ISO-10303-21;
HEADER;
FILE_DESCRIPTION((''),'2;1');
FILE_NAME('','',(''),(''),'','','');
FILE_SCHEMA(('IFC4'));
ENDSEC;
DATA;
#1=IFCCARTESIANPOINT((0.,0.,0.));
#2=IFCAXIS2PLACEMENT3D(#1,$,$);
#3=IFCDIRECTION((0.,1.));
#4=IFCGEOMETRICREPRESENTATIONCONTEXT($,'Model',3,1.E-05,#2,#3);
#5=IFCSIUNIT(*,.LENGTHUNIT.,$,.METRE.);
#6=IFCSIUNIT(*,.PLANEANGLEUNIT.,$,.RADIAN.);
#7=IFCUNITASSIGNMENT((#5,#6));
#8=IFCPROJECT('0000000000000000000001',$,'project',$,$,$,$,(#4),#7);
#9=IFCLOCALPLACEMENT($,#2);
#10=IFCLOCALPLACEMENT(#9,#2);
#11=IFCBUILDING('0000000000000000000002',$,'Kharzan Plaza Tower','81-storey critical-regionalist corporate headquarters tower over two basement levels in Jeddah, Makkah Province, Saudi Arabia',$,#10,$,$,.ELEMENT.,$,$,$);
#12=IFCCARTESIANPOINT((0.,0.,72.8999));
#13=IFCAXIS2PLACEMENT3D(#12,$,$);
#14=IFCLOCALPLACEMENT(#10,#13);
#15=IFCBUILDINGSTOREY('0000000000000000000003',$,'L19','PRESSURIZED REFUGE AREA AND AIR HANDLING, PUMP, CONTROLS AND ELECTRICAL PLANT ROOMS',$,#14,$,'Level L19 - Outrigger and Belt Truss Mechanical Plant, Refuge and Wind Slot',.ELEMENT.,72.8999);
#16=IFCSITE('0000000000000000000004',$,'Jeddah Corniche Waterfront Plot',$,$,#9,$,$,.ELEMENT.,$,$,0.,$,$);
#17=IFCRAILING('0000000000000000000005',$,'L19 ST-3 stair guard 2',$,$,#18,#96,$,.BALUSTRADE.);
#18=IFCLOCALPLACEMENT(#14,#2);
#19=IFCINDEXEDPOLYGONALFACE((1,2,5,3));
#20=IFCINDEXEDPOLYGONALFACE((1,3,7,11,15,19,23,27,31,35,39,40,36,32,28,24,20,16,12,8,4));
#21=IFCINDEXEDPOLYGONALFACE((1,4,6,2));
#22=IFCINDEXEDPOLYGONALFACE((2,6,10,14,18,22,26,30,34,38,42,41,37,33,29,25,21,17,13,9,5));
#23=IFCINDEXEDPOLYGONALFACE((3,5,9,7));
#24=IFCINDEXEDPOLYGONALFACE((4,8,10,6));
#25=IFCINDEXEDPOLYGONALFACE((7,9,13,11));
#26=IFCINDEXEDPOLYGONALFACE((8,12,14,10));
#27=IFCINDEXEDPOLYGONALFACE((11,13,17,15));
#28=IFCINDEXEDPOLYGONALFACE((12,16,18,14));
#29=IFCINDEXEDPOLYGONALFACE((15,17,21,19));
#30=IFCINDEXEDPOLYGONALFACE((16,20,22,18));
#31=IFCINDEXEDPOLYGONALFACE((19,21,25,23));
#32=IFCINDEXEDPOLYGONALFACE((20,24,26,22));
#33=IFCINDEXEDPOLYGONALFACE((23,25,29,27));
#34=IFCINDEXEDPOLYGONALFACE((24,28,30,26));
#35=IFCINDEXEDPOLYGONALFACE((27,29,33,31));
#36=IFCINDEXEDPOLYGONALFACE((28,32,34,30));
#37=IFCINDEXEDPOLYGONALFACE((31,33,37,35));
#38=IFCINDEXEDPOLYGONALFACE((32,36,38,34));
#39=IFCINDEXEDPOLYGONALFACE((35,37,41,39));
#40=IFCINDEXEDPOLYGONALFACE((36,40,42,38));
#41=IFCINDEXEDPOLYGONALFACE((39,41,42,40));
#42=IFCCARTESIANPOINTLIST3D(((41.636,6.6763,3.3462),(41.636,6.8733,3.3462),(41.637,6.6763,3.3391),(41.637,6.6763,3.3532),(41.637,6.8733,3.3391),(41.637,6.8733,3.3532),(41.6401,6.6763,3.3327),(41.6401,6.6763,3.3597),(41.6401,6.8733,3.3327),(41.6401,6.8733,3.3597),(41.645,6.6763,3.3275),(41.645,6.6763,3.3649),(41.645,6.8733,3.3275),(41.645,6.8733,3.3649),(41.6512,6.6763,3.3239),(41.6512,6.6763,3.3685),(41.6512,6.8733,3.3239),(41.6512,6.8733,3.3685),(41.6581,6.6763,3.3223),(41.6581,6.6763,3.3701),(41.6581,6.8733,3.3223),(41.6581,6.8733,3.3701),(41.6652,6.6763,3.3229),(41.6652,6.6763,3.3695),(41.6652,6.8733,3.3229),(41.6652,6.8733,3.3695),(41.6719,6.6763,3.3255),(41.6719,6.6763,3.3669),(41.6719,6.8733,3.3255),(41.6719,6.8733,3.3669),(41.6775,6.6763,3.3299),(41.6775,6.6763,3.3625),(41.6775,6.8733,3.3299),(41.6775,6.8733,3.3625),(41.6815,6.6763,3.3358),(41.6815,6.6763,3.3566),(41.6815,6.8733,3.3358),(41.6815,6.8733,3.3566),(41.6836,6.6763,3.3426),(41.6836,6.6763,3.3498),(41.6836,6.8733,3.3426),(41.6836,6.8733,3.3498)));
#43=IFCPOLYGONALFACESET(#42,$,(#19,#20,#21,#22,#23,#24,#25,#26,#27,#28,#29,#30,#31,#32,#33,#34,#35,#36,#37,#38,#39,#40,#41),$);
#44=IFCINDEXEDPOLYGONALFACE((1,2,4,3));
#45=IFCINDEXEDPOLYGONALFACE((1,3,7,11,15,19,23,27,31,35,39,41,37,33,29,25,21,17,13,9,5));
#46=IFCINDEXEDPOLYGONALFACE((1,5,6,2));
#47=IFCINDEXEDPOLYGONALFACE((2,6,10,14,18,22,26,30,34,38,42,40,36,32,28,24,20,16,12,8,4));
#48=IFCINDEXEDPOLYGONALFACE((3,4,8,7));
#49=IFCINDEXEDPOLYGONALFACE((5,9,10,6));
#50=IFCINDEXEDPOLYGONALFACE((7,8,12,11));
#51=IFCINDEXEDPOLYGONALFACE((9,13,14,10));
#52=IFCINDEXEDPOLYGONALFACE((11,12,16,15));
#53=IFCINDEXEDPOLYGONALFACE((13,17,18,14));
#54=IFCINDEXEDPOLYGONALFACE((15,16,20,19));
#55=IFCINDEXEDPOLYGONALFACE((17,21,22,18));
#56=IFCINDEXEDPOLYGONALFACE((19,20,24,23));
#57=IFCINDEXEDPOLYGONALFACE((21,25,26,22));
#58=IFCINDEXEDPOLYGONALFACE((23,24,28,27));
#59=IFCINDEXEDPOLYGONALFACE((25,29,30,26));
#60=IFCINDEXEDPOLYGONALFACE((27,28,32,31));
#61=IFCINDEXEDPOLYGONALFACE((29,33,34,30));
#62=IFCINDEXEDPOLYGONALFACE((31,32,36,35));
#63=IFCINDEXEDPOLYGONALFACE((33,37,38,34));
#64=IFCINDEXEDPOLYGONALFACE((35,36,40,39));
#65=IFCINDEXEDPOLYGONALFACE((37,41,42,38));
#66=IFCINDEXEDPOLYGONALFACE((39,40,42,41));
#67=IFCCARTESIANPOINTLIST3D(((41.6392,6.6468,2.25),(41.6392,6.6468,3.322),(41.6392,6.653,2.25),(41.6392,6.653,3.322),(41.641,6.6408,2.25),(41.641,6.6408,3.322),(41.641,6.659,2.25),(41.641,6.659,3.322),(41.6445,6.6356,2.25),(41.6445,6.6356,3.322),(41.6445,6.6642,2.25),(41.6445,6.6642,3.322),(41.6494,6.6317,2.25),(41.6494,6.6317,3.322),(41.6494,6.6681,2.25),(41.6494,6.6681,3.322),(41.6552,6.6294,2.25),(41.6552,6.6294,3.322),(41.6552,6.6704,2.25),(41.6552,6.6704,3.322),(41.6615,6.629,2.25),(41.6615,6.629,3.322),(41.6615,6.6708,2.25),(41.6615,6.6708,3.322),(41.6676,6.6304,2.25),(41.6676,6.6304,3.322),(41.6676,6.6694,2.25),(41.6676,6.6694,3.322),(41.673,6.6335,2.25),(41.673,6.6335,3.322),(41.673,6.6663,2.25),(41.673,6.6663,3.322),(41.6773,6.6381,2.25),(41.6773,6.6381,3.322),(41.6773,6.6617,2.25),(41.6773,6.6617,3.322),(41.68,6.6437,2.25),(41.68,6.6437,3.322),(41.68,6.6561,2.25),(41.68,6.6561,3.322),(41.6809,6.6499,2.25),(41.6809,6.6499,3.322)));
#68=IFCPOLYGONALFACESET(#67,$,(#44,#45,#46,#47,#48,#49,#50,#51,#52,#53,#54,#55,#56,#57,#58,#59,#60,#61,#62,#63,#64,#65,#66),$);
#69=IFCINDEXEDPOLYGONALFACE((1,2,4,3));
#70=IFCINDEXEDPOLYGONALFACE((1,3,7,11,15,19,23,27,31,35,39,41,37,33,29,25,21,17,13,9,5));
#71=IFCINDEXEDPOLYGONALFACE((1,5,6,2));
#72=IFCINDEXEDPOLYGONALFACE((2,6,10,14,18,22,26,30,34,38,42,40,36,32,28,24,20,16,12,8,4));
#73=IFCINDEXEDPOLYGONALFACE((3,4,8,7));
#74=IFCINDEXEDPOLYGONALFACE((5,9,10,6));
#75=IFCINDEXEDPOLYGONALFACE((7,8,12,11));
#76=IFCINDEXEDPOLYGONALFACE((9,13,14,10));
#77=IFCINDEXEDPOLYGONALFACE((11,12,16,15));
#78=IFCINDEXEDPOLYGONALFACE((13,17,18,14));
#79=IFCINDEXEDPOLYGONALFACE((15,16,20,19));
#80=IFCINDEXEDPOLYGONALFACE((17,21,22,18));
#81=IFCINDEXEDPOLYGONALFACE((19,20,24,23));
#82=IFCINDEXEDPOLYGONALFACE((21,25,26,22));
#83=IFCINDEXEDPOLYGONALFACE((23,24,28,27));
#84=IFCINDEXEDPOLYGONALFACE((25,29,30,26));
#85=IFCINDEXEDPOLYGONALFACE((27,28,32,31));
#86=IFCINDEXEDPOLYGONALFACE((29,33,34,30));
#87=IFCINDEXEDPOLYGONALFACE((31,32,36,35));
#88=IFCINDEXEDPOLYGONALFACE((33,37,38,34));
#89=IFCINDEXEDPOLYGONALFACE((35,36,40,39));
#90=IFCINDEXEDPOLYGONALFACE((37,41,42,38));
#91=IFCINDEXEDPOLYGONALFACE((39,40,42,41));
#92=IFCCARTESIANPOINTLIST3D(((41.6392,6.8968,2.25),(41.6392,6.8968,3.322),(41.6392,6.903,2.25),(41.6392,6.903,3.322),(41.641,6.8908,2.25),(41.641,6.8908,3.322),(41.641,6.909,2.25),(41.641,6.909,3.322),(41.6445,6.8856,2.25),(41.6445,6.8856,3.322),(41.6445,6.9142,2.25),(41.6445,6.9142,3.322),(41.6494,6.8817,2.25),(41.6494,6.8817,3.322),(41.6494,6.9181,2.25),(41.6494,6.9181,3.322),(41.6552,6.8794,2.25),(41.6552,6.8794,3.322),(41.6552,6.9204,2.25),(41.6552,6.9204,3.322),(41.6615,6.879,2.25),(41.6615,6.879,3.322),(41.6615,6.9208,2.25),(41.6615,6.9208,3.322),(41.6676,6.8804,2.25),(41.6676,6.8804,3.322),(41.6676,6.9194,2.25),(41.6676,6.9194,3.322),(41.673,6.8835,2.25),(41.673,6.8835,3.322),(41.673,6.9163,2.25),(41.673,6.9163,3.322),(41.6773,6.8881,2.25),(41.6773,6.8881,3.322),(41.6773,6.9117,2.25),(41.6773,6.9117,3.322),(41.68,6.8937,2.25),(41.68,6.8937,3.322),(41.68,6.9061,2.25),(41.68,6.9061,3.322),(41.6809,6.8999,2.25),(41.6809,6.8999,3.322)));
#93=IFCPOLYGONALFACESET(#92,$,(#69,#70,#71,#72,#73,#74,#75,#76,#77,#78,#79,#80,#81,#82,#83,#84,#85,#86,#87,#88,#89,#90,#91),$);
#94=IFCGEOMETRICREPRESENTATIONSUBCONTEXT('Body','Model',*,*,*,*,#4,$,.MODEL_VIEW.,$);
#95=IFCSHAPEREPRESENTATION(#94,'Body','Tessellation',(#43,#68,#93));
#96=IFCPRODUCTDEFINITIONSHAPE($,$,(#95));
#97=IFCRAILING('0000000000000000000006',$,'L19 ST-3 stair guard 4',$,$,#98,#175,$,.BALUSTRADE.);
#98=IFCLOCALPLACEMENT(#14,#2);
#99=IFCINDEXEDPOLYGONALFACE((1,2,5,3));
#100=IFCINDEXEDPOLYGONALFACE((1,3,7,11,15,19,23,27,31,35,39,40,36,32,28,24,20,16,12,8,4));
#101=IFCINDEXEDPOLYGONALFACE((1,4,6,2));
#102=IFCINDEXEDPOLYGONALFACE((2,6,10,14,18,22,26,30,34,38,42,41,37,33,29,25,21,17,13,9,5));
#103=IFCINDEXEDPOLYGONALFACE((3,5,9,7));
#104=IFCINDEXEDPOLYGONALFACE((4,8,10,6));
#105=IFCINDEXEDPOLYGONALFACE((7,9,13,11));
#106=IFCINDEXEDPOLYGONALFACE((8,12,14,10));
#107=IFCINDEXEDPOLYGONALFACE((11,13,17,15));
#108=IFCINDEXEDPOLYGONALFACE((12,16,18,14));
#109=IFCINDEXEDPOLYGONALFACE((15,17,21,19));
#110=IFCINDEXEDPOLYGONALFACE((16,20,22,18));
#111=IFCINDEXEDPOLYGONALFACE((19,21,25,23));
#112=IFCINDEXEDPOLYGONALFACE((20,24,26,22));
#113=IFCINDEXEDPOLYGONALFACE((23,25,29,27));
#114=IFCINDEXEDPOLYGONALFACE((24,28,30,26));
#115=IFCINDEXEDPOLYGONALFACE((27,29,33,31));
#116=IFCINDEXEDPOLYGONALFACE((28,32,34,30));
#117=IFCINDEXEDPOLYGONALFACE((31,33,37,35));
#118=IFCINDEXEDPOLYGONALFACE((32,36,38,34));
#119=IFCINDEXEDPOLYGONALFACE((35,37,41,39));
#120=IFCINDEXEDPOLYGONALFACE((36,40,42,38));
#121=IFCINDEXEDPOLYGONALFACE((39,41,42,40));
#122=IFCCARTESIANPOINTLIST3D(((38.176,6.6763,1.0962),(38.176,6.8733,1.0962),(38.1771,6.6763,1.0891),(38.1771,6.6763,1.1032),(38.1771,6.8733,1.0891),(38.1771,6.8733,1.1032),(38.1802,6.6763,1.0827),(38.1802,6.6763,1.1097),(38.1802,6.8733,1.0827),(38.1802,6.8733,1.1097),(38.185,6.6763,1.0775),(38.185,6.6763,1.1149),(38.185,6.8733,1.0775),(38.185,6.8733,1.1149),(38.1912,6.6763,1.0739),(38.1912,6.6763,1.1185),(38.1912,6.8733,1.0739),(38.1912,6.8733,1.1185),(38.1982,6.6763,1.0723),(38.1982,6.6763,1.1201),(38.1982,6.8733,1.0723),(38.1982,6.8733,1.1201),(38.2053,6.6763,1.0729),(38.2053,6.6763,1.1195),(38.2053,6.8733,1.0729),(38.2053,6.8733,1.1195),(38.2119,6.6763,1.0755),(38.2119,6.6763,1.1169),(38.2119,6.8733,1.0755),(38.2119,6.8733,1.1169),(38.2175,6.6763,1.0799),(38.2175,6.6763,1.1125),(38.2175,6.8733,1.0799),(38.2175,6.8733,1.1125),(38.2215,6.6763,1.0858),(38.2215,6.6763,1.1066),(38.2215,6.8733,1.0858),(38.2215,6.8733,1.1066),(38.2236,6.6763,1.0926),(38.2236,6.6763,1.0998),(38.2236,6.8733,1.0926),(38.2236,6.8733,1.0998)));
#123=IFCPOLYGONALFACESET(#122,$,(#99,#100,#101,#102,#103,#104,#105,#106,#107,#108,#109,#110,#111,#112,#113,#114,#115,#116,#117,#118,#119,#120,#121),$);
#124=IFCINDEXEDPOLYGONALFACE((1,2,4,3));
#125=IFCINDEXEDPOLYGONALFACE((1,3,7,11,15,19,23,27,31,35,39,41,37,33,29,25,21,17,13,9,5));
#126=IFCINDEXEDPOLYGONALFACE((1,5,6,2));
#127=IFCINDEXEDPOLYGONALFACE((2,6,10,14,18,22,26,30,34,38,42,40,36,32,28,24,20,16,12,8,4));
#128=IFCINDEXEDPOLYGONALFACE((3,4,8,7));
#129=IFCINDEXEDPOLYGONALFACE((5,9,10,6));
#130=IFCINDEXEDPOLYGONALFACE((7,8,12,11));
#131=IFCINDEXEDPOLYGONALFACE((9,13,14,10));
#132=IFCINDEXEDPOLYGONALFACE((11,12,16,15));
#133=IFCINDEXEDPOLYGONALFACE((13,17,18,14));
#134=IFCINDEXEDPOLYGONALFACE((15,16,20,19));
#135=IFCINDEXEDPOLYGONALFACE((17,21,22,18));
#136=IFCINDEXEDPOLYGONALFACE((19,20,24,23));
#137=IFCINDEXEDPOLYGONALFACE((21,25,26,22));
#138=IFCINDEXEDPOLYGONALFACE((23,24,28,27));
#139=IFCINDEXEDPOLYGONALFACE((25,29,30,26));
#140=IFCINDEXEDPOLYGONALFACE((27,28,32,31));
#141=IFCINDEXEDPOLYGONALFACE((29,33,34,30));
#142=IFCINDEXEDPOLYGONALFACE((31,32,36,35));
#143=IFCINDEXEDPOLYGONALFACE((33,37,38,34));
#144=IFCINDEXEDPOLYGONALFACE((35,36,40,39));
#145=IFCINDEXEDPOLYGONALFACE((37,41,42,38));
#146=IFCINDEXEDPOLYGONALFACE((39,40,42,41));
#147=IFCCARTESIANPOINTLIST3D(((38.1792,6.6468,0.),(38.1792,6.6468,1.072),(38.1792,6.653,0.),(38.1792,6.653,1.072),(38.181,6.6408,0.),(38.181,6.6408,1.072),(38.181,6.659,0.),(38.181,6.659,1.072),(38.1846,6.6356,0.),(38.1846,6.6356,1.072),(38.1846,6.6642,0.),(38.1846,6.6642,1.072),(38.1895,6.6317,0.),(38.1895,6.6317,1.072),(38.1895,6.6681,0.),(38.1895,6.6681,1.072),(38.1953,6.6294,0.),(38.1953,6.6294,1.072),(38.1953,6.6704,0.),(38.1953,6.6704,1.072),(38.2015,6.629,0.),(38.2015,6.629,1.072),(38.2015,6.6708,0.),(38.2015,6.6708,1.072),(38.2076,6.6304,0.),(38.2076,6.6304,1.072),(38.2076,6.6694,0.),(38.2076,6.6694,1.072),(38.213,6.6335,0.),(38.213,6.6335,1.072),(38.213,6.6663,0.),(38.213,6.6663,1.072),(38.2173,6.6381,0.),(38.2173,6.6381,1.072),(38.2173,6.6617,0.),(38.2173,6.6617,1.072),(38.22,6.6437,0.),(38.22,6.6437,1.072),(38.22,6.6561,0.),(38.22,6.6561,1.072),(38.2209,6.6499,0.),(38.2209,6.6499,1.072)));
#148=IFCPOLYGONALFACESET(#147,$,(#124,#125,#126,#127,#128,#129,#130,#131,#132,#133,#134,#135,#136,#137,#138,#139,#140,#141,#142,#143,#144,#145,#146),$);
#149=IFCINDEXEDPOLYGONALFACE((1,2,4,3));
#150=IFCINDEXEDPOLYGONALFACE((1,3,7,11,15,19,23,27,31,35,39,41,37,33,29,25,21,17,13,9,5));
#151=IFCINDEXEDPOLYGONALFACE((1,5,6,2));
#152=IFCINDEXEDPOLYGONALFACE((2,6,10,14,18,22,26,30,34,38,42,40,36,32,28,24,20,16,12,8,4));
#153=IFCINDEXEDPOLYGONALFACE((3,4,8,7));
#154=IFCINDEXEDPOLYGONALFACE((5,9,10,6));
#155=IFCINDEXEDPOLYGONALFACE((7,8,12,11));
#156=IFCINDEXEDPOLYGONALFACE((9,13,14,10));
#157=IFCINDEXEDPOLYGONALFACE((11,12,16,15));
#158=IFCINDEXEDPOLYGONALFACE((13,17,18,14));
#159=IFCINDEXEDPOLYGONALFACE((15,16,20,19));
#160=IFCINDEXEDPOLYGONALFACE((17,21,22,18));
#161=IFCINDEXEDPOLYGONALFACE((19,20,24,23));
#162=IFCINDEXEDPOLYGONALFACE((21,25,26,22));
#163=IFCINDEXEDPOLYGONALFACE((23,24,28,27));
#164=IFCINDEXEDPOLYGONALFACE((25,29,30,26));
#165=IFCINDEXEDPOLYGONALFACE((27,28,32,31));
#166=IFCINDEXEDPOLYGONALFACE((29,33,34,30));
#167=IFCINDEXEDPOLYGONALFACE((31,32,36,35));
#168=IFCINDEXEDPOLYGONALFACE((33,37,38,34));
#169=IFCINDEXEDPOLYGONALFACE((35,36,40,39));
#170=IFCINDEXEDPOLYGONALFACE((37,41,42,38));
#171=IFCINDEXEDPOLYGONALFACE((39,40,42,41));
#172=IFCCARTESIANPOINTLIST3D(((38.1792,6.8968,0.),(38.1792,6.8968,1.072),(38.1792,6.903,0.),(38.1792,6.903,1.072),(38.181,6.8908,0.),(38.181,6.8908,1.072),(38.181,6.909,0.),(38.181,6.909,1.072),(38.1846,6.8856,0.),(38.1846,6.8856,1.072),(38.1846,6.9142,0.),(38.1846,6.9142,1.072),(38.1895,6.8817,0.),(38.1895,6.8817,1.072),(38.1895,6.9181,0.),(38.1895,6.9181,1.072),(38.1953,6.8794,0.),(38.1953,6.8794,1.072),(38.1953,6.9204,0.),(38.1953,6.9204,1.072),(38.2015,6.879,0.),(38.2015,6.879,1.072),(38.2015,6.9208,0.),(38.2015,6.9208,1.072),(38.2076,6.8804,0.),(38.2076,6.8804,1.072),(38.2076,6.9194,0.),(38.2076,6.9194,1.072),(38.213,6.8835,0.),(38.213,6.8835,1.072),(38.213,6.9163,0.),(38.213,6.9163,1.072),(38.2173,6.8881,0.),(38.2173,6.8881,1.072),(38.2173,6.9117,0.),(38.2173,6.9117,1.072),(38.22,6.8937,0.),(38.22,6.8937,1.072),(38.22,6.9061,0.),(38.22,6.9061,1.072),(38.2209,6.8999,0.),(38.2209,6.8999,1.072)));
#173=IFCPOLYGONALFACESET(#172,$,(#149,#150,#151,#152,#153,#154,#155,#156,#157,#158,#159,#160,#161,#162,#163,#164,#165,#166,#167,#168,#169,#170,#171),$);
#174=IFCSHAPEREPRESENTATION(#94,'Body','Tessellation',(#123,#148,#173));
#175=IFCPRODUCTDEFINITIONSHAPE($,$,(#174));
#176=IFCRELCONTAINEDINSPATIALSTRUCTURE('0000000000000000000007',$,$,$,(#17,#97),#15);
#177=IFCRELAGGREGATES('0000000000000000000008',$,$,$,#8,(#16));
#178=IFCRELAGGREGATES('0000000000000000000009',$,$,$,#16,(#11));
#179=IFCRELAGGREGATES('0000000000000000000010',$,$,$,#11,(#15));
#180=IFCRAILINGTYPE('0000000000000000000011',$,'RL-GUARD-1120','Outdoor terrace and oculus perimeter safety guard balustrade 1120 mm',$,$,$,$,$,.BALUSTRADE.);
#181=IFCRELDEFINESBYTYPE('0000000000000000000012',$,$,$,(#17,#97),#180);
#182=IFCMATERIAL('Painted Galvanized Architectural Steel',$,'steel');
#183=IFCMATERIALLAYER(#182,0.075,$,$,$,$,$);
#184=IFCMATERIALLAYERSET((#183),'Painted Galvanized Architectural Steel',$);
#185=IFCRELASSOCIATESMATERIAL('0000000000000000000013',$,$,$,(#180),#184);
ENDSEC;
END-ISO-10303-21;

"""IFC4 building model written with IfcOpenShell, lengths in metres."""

from ifc_helpers import new_model, si_unit, direction, frame, origin, origin_2d, place, context, subcontext, project, spatial, circle, extrude, source, transform, mapped, material, layer, layer_set, type_object, element, save


model = new_model("IFC4")

# Units and contexts
model_context = context("Model", 3, precision=1e-05, world=origin(), true_north=direction((0.0, 1.0)))
body_context = subcontext(model_context, "Body", "Model", "MODEL_VIEW")
ifc_project = project(units=[si_unit("LENGTHUNIT", "METRE"), si_unit("PLANEANGLEUNIT", "RADIAN")], contexts=[model_context])

# Site, building, storey
site_placement = place(None, origin())
site = spatial("IfcSite", under=ifc_project, at=site_placement, Name="Jeddah Corniche Waterfront Plot", CompositionType="ELEMENT", RefElevation=0.0)
building_placement = place(site_placement, origin())
building = spatial("IfcBuilding", under=site, at=building_placement, Name="Kharzan Plaza Tower", Description="81-storey critical-regionalist corporate headquarters tower over two basement levels in Jeddah, Makkah Province, Saudi Arabia", CompositionType="ELEMENT")
storey_placement = place(building_placement, frame((0.0, 0.0, 72.8999)))
storey = spatial("IfcBuildingStorey", under=building, at=storey_placement, Name="L19", Description="PRESSURIZED REFUGE AREA AND AIR HANDLING, PUMP, CONTROLS AND ELECTRICAL PLANT ROOMS", LongName="Level L19 - Outrigger and Belt Truss Mechanical Plant, Refuge and Wind Slot", CompositionType="ELEMENT", Elevation=72.8999)

# Railings
ifc_material_1 = material(Name="Painted Galvanized Architectural Steel", Category="steel")
ifc_layer_1 = layer(ifc_material_1, 0.075)
ifc_layer_set_1 = layer_set([ifc_layer_1], Name="Painted Galvanized Architectural Steel")
railing_type_1 = type_object("IfcRailingType", Name="RL-GUARD-1120", Description="Outdoor terrace and oculus perimeter safety guard balustrade 1120 mm", PredefinedType="BALUSTRADE", material=ifc_layer_set_1)
shared_shape_1 = source(origin(), body_context, "Body", "SweptSolid", [
    extrude(circle(Radius=0.0239, at=origin_2d()), frame((0.0, 0.0264, 1.0962), z_axis=(0.0, 1.0, 0.0), x_axis=(-1.0, 0.0, 0.0)), (0.0, 0.0, 1.0), 0.197),
    extrude(circle(Radius=0.021, at=origin_2d()), origin(), (0.0, 0.0, 1.0), 1.072),
    extrude(circle(Radius=0.021, at=origin_2d()), frame((0.0, 0.25, 0.0)), (0.0, 0.0, 1.0), 1.072),
])
for number, where, name in (
    (1, (41.6599, 6.6499, 2.25), "L19 ST-3 stair guard 2"),
    (2, (38.2, 6.6499, 0.0), "L19 ST-3 stair guard 4"),
):
    element("IfcRailing", number, at=place(storey_placement, frame(where)), inside=storey, type_object=railing_type_1, Name=name, PredefinedType="BALUSTRADE", context=body_context, shape_type="MappedRepresentation", body=[
        mapped(shared_shape_1, transform((0.0, 0.0, 0.0), x_axis=(1.0, 0.0, 0.0), y_axis=(0.0, 1.0, 0.0), z_axis=(0.0, 0.0, 1.0))),
    ])

save(model, "model.ifc")
